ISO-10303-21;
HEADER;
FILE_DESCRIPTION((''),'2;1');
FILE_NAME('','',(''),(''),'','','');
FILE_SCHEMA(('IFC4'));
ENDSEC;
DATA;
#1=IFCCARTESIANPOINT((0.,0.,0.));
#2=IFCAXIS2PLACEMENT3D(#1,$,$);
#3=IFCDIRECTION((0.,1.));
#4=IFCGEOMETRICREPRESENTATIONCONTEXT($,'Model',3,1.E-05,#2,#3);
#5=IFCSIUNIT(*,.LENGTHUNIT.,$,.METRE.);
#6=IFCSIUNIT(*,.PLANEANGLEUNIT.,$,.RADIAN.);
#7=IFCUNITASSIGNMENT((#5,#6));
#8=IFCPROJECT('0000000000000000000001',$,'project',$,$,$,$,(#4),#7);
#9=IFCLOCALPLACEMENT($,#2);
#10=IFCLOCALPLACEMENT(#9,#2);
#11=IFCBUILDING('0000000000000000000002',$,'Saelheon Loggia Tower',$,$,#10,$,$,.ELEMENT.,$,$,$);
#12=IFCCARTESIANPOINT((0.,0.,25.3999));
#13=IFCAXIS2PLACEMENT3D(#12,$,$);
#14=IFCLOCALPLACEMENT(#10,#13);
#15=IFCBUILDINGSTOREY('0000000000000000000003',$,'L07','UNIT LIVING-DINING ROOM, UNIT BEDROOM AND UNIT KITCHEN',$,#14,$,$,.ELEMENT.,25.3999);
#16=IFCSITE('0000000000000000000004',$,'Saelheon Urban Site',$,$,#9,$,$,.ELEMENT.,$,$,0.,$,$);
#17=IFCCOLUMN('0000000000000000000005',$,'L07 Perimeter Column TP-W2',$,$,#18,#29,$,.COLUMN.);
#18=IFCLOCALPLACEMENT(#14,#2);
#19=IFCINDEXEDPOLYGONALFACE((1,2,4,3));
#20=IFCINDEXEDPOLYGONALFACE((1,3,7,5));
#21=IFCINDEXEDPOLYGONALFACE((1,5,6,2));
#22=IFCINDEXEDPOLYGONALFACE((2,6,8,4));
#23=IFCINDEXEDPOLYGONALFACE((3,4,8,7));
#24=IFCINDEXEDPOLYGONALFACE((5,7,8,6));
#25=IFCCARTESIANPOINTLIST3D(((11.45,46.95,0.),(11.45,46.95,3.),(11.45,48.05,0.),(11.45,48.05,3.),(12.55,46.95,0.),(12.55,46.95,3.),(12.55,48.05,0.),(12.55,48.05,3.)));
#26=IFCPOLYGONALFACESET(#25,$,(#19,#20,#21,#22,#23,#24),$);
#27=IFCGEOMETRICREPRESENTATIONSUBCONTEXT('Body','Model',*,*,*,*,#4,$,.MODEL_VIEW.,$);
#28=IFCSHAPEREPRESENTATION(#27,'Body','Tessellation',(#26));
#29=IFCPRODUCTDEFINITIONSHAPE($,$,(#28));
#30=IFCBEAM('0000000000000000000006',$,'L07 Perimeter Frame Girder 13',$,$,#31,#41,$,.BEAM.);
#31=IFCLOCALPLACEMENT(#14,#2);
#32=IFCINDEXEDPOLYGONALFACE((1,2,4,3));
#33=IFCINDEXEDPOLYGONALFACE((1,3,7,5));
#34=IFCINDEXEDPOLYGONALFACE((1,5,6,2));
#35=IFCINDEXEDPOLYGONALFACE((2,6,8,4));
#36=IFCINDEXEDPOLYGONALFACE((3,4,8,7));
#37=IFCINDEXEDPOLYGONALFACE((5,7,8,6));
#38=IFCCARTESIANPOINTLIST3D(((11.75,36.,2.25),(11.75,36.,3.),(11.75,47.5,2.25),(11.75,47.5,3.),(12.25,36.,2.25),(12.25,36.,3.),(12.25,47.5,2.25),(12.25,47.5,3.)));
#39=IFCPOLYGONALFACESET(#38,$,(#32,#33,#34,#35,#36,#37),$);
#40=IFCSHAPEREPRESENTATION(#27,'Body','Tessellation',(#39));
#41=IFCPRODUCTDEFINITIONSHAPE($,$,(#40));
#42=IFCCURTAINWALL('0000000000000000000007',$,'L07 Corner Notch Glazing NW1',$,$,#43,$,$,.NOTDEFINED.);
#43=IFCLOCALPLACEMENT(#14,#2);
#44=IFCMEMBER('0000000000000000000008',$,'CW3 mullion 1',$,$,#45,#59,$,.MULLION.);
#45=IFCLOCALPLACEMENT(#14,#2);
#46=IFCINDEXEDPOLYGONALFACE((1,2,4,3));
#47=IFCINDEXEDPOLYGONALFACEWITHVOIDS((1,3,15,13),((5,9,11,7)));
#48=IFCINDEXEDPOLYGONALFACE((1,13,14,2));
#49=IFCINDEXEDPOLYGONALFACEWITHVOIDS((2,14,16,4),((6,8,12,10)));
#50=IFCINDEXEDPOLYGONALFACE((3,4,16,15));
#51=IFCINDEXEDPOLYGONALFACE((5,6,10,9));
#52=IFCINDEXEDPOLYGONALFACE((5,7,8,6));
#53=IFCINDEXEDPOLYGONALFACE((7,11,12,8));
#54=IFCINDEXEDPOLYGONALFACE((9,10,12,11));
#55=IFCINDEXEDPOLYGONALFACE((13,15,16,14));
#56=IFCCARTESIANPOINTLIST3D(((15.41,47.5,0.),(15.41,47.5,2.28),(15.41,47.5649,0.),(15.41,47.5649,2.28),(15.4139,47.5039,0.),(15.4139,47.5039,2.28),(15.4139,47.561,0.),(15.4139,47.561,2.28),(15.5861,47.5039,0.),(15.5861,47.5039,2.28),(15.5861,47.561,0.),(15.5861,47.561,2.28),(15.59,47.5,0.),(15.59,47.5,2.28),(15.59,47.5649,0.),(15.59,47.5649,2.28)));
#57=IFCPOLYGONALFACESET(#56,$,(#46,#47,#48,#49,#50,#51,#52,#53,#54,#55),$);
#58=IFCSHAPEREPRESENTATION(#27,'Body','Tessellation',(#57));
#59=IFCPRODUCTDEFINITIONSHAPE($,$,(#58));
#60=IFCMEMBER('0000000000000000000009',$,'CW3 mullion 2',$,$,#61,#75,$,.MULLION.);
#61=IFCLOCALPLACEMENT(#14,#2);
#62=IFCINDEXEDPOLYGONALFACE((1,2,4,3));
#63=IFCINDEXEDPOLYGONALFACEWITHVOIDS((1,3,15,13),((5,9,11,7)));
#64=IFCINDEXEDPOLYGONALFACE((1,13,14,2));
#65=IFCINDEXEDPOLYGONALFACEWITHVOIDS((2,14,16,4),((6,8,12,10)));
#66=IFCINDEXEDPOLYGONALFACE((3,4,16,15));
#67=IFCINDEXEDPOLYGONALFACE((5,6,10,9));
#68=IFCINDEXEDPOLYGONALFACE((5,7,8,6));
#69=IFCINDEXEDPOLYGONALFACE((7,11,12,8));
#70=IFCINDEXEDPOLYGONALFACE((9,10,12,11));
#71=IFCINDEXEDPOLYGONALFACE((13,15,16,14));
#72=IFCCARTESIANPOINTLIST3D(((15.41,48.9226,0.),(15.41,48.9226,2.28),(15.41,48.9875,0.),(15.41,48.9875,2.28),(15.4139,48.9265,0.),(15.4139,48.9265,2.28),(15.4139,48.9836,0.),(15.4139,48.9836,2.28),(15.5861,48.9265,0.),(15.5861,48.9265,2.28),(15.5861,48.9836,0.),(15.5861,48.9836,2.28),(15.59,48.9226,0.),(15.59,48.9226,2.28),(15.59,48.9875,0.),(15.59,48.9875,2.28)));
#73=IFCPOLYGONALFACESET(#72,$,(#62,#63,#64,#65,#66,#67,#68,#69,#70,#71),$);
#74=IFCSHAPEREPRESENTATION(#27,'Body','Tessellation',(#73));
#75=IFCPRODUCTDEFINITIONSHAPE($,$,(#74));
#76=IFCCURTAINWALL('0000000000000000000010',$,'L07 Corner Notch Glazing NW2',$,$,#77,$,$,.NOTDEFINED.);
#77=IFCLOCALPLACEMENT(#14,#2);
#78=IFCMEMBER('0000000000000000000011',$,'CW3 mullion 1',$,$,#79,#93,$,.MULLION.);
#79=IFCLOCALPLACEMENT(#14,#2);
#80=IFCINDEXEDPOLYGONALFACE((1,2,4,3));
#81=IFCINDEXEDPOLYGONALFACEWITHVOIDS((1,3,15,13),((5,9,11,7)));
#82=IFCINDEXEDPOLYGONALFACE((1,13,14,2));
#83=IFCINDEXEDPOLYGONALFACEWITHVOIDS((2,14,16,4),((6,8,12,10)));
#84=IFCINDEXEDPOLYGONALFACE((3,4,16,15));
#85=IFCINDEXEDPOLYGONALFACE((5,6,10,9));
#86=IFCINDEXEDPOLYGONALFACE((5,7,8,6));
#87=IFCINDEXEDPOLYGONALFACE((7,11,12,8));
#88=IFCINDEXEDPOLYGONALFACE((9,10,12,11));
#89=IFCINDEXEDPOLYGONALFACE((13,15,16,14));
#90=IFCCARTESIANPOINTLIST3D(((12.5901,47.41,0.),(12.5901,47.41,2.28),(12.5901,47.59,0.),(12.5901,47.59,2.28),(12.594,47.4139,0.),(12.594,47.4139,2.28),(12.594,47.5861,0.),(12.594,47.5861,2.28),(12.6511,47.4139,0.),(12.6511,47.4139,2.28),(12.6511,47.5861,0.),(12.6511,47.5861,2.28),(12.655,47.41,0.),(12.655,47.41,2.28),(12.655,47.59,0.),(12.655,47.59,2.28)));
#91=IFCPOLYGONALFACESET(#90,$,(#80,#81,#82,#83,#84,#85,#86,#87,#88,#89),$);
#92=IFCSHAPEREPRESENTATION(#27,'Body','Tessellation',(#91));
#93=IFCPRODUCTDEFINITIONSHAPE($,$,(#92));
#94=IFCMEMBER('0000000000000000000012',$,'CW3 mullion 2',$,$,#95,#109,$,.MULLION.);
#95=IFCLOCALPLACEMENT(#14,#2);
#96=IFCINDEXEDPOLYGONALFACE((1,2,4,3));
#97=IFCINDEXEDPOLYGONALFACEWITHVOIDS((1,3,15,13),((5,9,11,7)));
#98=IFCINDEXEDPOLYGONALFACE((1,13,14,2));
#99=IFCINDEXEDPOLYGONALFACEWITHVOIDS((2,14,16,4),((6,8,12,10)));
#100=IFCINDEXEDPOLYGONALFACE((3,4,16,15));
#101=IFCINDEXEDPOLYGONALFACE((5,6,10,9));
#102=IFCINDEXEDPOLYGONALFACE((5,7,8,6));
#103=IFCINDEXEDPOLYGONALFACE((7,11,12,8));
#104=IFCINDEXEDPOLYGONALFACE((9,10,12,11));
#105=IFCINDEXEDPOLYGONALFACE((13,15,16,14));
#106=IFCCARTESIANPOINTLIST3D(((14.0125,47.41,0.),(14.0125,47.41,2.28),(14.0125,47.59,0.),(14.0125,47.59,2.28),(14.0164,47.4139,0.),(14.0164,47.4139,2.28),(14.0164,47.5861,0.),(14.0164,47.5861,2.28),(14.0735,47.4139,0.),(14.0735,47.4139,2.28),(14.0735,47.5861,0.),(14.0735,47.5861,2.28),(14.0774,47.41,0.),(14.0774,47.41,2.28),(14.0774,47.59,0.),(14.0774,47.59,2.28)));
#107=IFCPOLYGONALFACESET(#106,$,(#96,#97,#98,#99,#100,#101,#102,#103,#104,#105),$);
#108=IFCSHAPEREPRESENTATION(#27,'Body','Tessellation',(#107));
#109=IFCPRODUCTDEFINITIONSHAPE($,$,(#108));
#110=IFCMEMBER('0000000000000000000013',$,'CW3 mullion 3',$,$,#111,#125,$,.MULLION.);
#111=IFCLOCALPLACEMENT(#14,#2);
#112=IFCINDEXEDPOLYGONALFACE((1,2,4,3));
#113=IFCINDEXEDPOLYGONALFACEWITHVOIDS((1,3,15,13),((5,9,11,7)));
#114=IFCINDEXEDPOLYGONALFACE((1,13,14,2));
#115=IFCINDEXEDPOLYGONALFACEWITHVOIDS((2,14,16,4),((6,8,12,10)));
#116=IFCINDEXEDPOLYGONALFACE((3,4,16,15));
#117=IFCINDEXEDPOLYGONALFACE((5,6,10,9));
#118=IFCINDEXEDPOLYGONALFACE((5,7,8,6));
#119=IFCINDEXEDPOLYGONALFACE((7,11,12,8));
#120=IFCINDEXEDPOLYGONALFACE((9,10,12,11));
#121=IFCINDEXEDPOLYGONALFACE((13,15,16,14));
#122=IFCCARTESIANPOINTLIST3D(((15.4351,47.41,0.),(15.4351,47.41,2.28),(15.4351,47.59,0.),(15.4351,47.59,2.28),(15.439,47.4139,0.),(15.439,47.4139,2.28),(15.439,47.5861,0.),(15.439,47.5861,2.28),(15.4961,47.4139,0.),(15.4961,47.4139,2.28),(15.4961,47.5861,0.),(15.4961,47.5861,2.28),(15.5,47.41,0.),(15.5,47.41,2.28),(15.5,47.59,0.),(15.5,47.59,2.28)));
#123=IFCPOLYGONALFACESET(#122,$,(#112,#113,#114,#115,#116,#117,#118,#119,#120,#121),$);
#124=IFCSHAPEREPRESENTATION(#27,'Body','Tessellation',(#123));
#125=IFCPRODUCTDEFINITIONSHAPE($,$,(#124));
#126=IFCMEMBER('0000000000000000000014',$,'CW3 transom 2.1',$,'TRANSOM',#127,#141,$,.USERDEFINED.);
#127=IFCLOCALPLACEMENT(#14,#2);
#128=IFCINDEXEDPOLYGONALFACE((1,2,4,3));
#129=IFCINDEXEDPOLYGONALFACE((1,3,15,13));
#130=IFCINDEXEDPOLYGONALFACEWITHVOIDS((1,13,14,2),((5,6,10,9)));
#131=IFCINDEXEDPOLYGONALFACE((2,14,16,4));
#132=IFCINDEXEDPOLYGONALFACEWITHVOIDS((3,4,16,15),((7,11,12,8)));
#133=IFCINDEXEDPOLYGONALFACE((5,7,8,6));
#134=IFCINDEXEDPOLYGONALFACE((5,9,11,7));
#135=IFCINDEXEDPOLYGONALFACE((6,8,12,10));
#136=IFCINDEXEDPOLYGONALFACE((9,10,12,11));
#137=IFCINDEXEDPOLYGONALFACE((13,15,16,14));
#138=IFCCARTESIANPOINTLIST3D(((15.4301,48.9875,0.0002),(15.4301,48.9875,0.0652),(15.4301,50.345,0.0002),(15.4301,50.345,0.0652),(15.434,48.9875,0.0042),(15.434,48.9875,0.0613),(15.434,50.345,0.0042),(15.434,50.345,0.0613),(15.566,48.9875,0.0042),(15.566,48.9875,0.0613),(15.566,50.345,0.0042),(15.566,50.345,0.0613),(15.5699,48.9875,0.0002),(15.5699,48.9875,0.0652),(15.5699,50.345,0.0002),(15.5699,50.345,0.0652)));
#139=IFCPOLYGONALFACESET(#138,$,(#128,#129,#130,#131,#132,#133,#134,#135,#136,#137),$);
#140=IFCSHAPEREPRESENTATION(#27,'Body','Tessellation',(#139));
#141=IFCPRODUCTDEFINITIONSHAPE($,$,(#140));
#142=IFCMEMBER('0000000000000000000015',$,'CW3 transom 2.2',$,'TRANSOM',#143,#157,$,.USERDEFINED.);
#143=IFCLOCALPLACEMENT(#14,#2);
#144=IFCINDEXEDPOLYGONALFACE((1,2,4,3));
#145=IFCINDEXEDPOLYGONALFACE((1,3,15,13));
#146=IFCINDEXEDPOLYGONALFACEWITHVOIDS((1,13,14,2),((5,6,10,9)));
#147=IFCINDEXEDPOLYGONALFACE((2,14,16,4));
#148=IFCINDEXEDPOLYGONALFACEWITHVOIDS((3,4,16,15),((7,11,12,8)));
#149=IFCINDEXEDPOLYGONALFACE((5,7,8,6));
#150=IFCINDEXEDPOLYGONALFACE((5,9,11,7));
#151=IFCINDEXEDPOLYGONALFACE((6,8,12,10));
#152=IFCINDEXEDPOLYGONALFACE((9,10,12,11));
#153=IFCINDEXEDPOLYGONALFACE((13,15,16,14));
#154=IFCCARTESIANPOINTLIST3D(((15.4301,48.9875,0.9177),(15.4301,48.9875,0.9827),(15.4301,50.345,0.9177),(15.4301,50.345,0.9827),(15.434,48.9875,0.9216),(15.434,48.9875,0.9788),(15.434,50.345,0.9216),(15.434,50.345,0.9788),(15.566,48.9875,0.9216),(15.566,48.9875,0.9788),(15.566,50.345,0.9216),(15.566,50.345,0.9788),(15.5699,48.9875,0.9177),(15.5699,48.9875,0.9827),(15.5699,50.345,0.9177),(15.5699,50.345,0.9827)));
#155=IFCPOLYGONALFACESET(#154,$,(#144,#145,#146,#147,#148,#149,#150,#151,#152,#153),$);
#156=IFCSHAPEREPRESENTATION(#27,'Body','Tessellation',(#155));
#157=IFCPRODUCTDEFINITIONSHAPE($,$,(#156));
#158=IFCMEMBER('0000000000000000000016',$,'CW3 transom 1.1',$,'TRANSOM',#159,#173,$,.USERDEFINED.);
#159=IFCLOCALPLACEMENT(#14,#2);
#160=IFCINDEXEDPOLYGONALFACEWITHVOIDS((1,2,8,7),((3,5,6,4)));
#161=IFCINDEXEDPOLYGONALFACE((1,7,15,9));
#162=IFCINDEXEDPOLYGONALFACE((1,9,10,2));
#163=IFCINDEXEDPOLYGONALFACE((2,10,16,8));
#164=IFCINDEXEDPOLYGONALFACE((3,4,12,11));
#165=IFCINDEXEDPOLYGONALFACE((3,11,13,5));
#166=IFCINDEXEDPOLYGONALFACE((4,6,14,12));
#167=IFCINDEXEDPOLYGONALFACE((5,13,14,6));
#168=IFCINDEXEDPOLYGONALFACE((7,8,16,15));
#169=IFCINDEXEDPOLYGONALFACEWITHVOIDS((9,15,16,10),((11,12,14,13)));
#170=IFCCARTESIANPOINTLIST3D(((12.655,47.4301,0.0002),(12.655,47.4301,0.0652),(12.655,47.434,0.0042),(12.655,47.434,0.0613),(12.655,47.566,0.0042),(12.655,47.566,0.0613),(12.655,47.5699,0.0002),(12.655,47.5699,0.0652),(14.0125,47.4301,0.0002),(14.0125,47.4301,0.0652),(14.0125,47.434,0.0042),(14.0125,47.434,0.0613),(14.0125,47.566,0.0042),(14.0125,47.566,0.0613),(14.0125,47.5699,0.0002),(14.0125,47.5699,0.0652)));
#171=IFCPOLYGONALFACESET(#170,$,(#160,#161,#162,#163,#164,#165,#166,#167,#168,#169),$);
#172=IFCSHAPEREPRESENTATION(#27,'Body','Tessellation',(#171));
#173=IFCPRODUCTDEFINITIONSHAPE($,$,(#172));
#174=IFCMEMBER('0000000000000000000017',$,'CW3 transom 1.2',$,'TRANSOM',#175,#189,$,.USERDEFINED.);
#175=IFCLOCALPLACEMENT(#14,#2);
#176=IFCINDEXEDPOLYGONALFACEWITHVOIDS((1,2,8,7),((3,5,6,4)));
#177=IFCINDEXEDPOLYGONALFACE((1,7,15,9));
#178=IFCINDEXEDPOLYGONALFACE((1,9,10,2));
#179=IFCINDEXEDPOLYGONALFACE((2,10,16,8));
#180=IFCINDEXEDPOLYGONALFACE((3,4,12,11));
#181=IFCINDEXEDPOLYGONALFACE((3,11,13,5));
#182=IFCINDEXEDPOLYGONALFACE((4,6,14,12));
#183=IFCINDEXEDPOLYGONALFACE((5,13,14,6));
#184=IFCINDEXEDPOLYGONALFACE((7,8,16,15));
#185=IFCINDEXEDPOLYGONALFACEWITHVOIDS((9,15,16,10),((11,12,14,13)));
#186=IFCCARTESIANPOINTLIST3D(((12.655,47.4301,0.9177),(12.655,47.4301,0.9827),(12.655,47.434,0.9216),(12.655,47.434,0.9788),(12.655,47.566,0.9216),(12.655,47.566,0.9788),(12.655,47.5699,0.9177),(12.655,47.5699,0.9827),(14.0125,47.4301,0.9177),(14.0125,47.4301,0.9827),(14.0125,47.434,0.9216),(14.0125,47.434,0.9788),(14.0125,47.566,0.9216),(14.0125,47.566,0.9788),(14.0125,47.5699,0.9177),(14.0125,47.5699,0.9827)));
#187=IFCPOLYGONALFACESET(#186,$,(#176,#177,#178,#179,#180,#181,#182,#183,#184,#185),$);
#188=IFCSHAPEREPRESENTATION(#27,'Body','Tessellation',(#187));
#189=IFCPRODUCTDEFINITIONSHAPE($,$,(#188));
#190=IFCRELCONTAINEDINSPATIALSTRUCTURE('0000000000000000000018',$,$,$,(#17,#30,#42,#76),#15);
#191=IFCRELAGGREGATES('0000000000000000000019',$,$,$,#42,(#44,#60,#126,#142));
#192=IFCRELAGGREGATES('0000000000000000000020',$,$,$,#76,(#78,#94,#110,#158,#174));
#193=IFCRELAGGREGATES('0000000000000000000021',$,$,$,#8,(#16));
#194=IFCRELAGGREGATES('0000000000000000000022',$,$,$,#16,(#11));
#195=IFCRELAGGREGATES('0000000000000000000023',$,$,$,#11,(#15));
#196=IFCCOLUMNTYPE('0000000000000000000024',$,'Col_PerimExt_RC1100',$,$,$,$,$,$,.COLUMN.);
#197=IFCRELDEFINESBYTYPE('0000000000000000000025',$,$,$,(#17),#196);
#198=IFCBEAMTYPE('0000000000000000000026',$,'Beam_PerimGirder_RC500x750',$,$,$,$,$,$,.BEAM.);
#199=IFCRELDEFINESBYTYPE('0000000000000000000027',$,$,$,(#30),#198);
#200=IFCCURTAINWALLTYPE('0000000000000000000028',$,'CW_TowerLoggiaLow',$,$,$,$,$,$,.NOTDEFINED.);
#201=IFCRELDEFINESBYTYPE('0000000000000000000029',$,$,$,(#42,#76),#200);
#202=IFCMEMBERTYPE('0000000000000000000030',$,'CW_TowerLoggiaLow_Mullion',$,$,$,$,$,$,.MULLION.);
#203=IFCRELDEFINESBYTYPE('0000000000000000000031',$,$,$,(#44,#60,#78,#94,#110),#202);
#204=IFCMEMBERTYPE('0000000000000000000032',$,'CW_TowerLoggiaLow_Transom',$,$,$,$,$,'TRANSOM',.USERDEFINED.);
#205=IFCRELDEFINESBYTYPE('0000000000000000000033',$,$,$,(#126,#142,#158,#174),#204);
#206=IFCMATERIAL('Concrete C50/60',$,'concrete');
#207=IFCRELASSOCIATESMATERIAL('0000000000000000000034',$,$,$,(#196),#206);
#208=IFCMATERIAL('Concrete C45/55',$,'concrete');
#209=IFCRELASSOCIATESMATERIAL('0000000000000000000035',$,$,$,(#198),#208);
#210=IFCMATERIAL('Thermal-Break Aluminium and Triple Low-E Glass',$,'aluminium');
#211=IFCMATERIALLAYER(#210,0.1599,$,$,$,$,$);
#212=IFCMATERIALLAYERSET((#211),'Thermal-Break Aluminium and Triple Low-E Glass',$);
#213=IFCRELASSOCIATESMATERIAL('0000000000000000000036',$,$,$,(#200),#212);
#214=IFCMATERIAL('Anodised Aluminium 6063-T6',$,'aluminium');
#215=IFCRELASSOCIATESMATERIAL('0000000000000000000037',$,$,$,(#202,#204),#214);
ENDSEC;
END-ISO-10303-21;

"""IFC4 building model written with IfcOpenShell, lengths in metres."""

from ifc_helpers import new_model, si_unit, direction, frame, origin, origin_2d, place, context, subcontext, project, spatial, rectangle, hollow_rectangle, extrude, source, transform, mapped, material, layer, layer_set, material_profile, profile_set, type_object, element, aggregate, save


model = new_model("IFC4")

# Units and contexts
model_context = context("Model", 3, precision=1e-05, world=origin(), true_north=direction((0.0, 1.0)))
body_context = subcontext(model_context, "Body", "Model", "MODEL_VIEW")
ifc_project = project(units=[si_unit("LENGTHUNIT", "METRE"), si_unit("PLANEANGLEUNIT", "RADIAN")], contexts=[model_context])

# Site, building, storey
site_placement = place(None, origin())
site = spatial("IfcSite", under=ifc_project, at=site_placement, Name="Saelheon Urban Site", CompositionType="ELEMENT", RefElevation=0.0)
building_placement = place(site_placement, origin())
building = spatial("IfcBuilding", under=site, at=building_placement, Name="Saelheon Loggia Tower", CompositionType="ELEMENT")
storey_placement = place(building_placement, frame((0.0, 0.0, 25.3999)))
storey = spatial("IfcBuildingStorey", under=building, at=storey_placement, Name="L07", Description="UNIT LIVING-DINING ROOM, UNIT BEDROOM AND UNIT KITCHEN", CompositionType="ELEMENT", Elevation=25.3999)

# Column
ifc_material_1 = material(Name="Concrete C50/60", Category="concrete")
ifc_material_profile_1 = material_profile(ifc_material_1, rectangle(XDim=1.1001, YDim=1.1001, at=origin_2d()), Name="RC-1100x1100")
ifc_profile_set_1 = profile_set([ifc_material_profile_1], Name="Concrete C50/60")
column_type = type_object("IfcColumnType", Name="Col_PerimExt_RC1100", PredefinedType="COLUMN", material=ifc_profile_set_1)
shared_shape_1 = source(origin(), body_context, "Body", "SweptSolid", [
    extrude(rectangle(XDim=1.1001, YDim=1.1001, at=origin_2d()), origin(), (0.0, 0.0, 1.0), 3.0),
])
column_placement = place(storey_placement, frame((12.0, 47.5, 0.0), z_axis=(0.0, 0.0, 1.0), x_axis=(1.0, 0.0, 0.0)))
element("IfcColumn", 1, at=column_placement, inside=storey, type_object=column_type, Name="L07 Perimeter Column TP-W2", PredefinedType="COLUMN", context=body_context, shape_type="MappedRepresentation", body=[
    mapped(shared_shape_1, transform((0.0, 0.0, 0.0), scale=1.0)),
])

# Beam
ifc_material_2 = material(Name="Concrete C45/55", Category="concrete")
ifc_material_profile_2 = material_profile(ifc_material_2, rectangle(XDim=0.5, YDim=0.75, at=origin_2d()), Name="RC-500x750")
ifc_profile_set_2 = profile_set([ifc_material_profile_2], Name="Concrete C45/55")
beam_type = type_object("IfcBeamType", Name="Beam_PerimGirder_RC500x750", PredefinedType="BEAM", material=ifc_profile_set_2)
shared_shape_2 = source(origin(), body_context, "Body", "SweptSolid", [
    extrude(rectangle(XDim=0.5, YDim=0.75, at=origin_2d()), origin(), (0.0, 0.0, 1.0), 11.5),
])
beam_placement = place(storey_placement, frame((12.0, 47.5, 2.625), z_axis=(0.0, -1.0, 0.0), x_axis=(1.0, 0.0, 0.0)))
element("IfcBeam", 2, at=beam_placement, inside=storey, type_object=beam_type, Name="L07 Perimeter Frame Girder 13", PredefinedType="BEAM", context=body_context, shape_type="MappedRepresentation", body=[
    mapped(shared_shape_2, transform((0.0, 0.0, 0.0), scale=1.0)),
])

# Curtain walls, members
ifc_material_3 = material(Name="Thermal-Break Aluminium and Triple Low-E Glass", Category="aluminium")
ifc_layer_1 = layer(ifc_material_3, 0.1599)
ifc_layer_set_1 = layer_set([ifc_layer_1], Name="Thermal-Break Aluminium and Triple Low-E Glass")
curtain_wall_type = type_object("IfcCurtainWallType", Name="CW_TowerLoggiaLow", PredefinedType="NOTDEFINED", material=ifc_layer_set_1)
curtain_wall_1_placement = place(storey_placement, origin())
curtain_wall_1 = element("IfcCurtainWall", 3, at=curtain_wall_1_placement, inside=storey, type_object=curtain_wall_type, Name="L07 Corner Notch Glazing NW1", PredefinedType="NOTDEFINED")
ifc_material_4 = material(Name="Anodised Aluminium 6063-T6", Category="aluminium")
ifc_material_profile_3 = material_profile(ifc_material_4, hollow_rectangle(XDim=0.0649, YDim=0.1799, WallThickness=0.0039, at=origin_2d()), Name="RHS-180x65x4")
ifc_profile_set_3 = profile_set([ifc_material_profile_3], Name="Anodised Aluminium 6063-T6")
member_type_1 = type_object("IfcMemberType", Name="CW_TowerLoggiaLow_Mullion", PredefinedType="MULLION", material=ifc_profile_set_3)
shared_shape_3 = source(origin(), body_context, "Body", "SweptSolid", [
    extrude(hollow_rectangle(XDim=0.0649, YDim=0.1799, WallThickness=0.0039, at=origin_2d()), origin(), (0.0, 0.0, 1.0), 2.28),
])
member_1_placement = place(storey_placement, frame((15.5, 47.5325, 0.0), z_axis=(0.0, 0.0, 1.0), x_axis=(0.0, 1.0, 0.0)))
member_1 = element("IfcMember", 4, at=member_1_placement, type_object=member_type_1, Name="CW3 mullion 1", PredefinedType="MULLION", context=body_context, shape_type="MappedRepresentation", body=[
    mapped(shared_shape_3, transform((0.0, 0.0, 0.0), scale=1.0)),
])
member_2_placement = place(storey_placement, frame((15.5, 48.9551, 0.0), z_axis=(0.0, 0.0, 1.0), x_axis=(0.0, 1.0, 0.0)))
member_2 = element("IfcMember", 5, at=member_2_placement, type_object=member_type_1, Name="CW3 mullion 2", PredefinedType="MULLION", context=body_context, shape_type="MappedRepresentation", body=[
    mapped(shared_shape_3, transform((0.0, 0.0, 0.0), scale=1.0)),
])
curtain_wall_2_placement = place(storey_placement, origin())
curtain_wall_2 = element("IfcCurtainWall", 6, at=curtain_wall_2_placement, inside=storey, type_object=curtain_wall_type, Name="L07 Corner Notch Glazing NW2", PredefinedType="NOTDEFINED")
member_3_placement = place(storey_placement, frame((12.6226, 47.5, 0.0), z_axis=(0.0, 0.0, 1.0), x_axis=(1.0, 0.0, 0.0)))
member_3 = element("IfcMember", 7, at=member_3_placement, type_object=member_type_1, Name="CW3 mullion 1", PredefinedType="MULLION", context=body_context, shape_type="MappedRepresentation", body=[
    mapped(shared_shape_3, transform((0.0, 0.0, 0.0), scale=1.0)),
])
member_4_placement = place(storey_placement, frame((14.0449, 47.5, 0.0), z_axis=(0.0, 0.0, 1.0), x_axis=(1.0, 0.0, 0.0)))
member_4 = element("IfcMember", 8, at=member_4_placement, type_object=member_type_1, Name="CW3 mullion 2", PredefinedType="MULLION", context=body_context, shape_type="MappedRepresentation", body=[
    mapped(shared_shape_3, transform((0.0, 0.0, 0.0), scale=1.0)),
])
member_5_placement = place(storey_placement, frame((15.4675, 47.5, 0.0), z_axis=(0.0, 0.0, 1.0), x_axis=(1.0, 0.0, 0.0)))
member_5 = element("IfcMember", 9, at=member_5_placement, type_object=member_type_1, Name="CW3 mullion 3", PredefinedType="MULLION", context=body_context, shape_type="MappedRepresentation", body=[
    mapped(shared_shape_3, transform((0.0, 0.0, 0.0), scale=1.0)),
])

# Members
ifc_material_profile_4 = material_profile(ifc_material_4, hollow_rectangle(XDim=0.0649, YDim=0.1399, WallThickness=0.0039, at=origin_2d()), Name="RHS-140x65x4")
ifc_profile_set_4 = profile_set([ifc_material_profile_4], Name="Anodised Aluminium 6063-T6")
member_type_2 = type_object("IfcMemberType", Name="CW_TowerLoggiaLow_Transom", ElementType="TRANSOM", PredefinedType="USERDEFINED", material=ifc_profile_set_4)
shared_shape_4 = source(origin(), body_context, "Body", "SweptSolid", [
    extrude(hollow_rectangle(XDim=0.0649, YDim=0.1399, WallThickness=0.0039, at=origin_2d()), origin(), (0.0, 0.0, 1.0), 1.3574),
])
member_6_placement = place(storey_placement, frame((15.5, 48.9875, 0.0327), z_axis=(0.0, 1.0, 0.0), x_axis=(0.0, 0.0, 1.0)))
member_6 = element("IfcMember", 10, at=member_6_placement, type_object=member_type_2, Name="CW3 transom 2.1", ObjectType="TRANSOM", PredefinedType="USERDEFINED", context=body_context, shape_type="MappedRepresentation", body=[
    mapped(shared_shape_4, transform((0.0, 0.0, 0.0), scale=1.0)),
])
member_7_placement = place(storey_placement, frame((15.5, 48.9875, 0.9502), z_axis=(0.0, 1.0, 0.0), x_axis=(0.0, 0.0, 1.0)))
member_7 = element("IfcMember", 11, at=member_7_placement, type_object=member_type_2, Name="CW3 transom 2.2", ObjectType="TRANSOM", PredefinedType="USERDEFINED", context=body_context, shape_type="MappedRepresentation", body=[
    mapped(shared_shape_4, transform((0.0, 0.0, 0.0), scale=1.0)),
])
member_8_placement = place(storey_placement, frame((12.655, 47.5, 0.0327), z_axis=(1.0, 0.0, 0.0), x_axis=(0.0, 0.0, 1.0)))
member_8 = element("IfcMember", 12, at=member_8_placement, type_object=member_type_2, Name="CW3 transom 1.1", ObjectType="TRANSOM", PredefinedType="USERDEFINED", context=body_context, shape_type="MappedRepresentation", body=[
    mapped(shared_shape_4, transform((0.0, 0.0, 0.0), scale=1.0)),
])
member_9_placement = place(storey_placement, frame((12.655, 47.5, 0.9502), z_axis=(1.0, 0.0, 0.0), x_axis=(0.0, 0.0, 1.0)))
member_9 = element("IfcMember", 13, at=member_9_placement, type_object=member_type_2, Name="CW3 transom 1.2", ObjectType="TRANSOM", PredefinedType="USERDEFINED", context=body_context, shape_type="MappedRepresentation", body=[
    mapped(shared_shape_4, transform((0.0, 0.0, 0.0), scale=1.0)),
])

aggregate(curtain_wall_1, [member_1, member_2, member_6, member_7])
aggregate(curtain_wall_2, [member_3, member_4, member_5, member_8, member_9])

save(model, "model.ifc")
